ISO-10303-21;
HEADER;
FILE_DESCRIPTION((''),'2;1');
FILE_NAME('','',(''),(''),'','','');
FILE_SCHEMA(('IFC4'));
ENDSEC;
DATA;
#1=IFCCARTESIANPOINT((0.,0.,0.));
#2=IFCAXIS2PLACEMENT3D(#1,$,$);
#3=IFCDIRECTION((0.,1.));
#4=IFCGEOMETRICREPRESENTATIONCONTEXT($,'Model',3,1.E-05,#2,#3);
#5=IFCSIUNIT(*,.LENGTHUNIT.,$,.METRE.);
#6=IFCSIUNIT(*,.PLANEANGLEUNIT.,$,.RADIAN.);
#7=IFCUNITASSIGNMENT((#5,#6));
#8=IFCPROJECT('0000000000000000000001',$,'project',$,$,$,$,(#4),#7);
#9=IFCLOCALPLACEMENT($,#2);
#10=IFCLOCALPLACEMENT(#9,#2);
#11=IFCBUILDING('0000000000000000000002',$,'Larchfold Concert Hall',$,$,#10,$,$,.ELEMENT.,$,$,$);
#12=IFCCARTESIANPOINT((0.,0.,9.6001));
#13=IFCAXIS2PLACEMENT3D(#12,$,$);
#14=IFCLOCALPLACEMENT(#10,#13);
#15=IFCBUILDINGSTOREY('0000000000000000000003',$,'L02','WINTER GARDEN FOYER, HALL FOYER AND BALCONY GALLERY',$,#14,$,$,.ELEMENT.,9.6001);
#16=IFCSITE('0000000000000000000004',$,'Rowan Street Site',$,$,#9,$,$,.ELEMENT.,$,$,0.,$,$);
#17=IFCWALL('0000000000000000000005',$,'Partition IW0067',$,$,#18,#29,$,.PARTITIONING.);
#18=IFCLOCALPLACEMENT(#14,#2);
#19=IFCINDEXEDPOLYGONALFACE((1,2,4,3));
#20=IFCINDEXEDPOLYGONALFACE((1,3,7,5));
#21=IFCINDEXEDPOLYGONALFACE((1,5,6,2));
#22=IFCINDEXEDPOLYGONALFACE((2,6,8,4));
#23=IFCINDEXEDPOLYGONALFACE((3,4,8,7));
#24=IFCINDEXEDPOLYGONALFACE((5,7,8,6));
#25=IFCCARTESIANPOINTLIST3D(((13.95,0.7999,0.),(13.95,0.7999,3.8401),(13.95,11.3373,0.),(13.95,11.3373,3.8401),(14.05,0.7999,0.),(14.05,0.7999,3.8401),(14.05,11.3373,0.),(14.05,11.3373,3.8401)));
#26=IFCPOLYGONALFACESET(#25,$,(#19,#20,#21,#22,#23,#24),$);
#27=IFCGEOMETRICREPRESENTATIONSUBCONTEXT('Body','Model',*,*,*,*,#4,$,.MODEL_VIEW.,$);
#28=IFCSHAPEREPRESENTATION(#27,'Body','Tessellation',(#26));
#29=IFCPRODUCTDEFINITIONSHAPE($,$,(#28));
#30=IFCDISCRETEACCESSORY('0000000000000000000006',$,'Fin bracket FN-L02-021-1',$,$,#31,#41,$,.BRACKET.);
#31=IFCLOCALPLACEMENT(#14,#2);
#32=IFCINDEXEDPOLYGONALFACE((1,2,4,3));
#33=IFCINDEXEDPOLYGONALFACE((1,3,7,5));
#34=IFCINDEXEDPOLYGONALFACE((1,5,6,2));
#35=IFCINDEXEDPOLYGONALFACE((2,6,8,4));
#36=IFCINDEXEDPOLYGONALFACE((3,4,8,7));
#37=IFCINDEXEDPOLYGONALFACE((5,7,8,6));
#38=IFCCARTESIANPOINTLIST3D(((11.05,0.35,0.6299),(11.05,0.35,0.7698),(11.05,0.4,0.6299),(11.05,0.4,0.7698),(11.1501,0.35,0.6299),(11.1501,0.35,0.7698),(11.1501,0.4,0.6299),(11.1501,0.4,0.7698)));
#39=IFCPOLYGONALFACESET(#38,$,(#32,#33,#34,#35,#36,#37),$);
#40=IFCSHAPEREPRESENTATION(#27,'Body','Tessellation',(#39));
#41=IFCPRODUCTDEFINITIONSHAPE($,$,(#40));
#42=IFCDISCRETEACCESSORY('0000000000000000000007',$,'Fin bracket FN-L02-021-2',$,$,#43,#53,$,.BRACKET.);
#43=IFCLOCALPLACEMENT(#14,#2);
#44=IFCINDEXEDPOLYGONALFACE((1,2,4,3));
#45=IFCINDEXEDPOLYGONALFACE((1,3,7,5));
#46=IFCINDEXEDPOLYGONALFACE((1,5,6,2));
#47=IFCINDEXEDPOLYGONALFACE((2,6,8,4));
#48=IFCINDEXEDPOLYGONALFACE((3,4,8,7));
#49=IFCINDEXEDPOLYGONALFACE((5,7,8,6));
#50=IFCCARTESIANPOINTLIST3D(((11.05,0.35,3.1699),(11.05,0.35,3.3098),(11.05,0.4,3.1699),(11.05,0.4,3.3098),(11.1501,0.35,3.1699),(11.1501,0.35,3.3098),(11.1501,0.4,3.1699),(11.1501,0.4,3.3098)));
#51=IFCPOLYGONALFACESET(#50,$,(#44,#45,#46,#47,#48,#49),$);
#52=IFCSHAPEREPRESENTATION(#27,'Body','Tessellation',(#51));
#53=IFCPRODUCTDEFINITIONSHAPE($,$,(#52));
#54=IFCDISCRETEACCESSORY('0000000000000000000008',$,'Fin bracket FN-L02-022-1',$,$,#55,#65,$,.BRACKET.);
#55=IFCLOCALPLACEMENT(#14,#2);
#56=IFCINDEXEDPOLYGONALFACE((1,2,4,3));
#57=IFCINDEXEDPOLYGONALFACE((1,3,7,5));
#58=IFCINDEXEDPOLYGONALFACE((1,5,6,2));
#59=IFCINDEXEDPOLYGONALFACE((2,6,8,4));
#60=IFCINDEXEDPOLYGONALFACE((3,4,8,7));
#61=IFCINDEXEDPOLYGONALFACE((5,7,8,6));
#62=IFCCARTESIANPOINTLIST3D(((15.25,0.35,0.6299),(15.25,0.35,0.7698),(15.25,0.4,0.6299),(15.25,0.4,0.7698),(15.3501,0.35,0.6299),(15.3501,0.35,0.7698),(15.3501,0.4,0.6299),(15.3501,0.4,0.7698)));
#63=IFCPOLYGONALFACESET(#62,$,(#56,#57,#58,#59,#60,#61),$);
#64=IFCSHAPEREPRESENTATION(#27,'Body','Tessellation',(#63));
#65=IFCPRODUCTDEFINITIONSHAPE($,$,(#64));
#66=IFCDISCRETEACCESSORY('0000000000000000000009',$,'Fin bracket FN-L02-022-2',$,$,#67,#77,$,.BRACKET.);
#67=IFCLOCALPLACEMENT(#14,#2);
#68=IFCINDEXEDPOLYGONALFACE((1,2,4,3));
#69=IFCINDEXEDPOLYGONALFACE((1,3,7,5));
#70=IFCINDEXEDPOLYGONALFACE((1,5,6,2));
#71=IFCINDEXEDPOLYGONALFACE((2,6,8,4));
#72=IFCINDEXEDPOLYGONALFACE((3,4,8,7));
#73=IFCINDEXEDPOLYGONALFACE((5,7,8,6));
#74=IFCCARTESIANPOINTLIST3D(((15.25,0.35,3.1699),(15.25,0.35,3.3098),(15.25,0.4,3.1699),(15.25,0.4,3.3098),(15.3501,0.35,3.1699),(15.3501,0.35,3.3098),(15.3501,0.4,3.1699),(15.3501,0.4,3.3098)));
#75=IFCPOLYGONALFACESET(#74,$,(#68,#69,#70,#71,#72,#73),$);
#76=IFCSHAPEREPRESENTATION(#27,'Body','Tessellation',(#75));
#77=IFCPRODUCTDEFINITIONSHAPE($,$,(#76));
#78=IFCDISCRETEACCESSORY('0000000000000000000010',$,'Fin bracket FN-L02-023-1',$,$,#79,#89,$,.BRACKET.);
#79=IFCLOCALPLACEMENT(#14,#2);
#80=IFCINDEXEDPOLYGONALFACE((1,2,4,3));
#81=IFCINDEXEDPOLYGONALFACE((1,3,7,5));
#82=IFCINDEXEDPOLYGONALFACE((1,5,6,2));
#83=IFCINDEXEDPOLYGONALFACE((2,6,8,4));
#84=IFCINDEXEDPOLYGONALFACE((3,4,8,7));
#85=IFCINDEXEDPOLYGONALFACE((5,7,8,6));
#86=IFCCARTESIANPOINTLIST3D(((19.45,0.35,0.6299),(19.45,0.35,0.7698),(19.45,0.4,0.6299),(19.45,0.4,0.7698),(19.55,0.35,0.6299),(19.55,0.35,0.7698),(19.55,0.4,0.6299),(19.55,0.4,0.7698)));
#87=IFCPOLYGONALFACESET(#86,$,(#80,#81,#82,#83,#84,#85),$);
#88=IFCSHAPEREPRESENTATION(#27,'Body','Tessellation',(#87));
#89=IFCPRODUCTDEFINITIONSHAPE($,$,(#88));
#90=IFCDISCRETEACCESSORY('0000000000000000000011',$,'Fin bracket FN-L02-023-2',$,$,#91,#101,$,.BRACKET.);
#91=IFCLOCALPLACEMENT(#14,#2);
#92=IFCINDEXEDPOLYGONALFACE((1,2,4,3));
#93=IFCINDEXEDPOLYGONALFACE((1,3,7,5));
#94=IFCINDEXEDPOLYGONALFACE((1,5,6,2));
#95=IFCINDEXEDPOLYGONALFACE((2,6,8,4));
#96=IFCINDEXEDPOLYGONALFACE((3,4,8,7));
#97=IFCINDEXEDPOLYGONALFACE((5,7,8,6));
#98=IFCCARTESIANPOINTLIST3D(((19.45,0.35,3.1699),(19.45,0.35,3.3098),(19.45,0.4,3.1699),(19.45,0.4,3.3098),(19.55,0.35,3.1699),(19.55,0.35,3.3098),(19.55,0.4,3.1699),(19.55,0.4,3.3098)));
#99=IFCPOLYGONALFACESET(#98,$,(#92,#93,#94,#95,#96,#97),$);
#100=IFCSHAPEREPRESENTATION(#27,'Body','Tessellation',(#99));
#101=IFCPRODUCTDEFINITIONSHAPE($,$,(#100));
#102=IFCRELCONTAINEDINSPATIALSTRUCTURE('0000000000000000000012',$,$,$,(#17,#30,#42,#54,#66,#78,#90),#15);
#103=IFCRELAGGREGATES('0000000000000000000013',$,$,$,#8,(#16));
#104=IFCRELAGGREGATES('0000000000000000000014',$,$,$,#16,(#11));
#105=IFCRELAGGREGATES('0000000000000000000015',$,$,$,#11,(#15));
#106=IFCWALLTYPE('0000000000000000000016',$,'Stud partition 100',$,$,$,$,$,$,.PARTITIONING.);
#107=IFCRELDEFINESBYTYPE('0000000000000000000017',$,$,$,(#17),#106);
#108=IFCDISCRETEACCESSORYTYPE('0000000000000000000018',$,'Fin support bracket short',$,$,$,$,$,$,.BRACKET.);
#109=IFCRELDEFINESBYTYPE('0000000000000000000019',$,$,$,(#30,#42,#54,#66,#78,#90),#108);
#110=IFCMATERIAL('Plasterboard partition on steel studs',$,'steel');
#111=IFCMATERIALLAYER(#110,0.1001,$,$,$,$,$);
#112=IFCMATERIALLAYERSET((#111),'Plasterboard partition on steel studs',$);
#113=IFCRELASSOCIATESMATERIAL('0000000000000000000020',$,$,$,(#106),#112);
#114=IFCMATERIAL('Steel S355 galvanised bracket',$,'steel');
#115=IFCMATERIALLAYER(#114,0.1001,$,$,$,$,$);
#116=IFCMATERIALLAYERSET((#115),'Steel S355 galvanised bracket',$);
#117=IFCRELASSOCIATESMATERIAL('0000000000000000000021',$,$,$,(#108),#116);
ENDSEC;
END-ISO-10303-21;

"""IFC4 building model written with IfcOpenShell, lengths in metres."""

from ifc_helpers import new_model, si_unit, direction, frame, frame_2d, origin, origin_2d, place, context, subcontext, project, spatial, rectangle, extrude, material, layer, layer_set, type_object, element, save


model = new_model("IFC4")

# Units and contexts
model_context = context("Model", 3, precision=1e-05, world=origin(), true_north=direction((0.0, 1.0)))
body_context = subcontext(model_context, "Body", "Model", "MODEL_VIEW")
ifc_project = project(units=[si_unit("LENGTHUNIT", "METRE"), si_unit("PLANEANGLEUNIT", "RADIAN")], contexts=[model_context])

# Site, building, storey
site_placement = place(None, origin())
site = spatial("IfcSite", under=ifc_project, at=site_placement, Name="Rowan Street Site", CompositionType="ELEMENT", RefElevation=0.0)
building_placement = place(site_placement, origin())
building = spatial("IfcBuilding", under=site, at=building_placement, Name="Larchfold Concert Hall", CompositionType="ELEMENT")
storey_placement = place(building_placement, frame((0.0, 0.0, 9.6001)))
storey = spatial("IfcBuildingStorey", under=building, at=storey_placement, Name="L02", Description="WINTER GARDEN FOYER, HALL FOYER AND BALCONY GALLERY", CompositionType="ELEMENT", Elevation=9.6001)

# Wall
ifc_material_1 = material(Name="Plasterboard partition on steel studs", Category="steel")
ifc_layer_1 = layer(ifc_material_1, 0.1001)
ifc_layer_set_1 = layer_set([ifc_layer_1], Name="Plasterboard partition on steel studs")
wall_type_1 = type_object("IfcWallType", Name="Stud partition 100", PredefinedType="PARTITIONING", material=ifc_layer_set_1)
wall_1_placement = place(storey_placement, frame((14.0, 0.8, 0.0), z_axis=(0.0, 0.0, 1.0), x_axis=(0.0, 1.0, 0.0)))
element("IfcWall", 1, at=wall_1_placement, inside=storey, type_object=wall_type_1, Name="Partition IW0067", PredefinedType="PARTITIONING", context=body_context, shape_type="SweptSolid", body=[
    extrude(rectangle(XDim=10.5374, YDim=0.1001, at=frame_2d((5.2686, 0.0))), origin(), (0.0, 0.0, 1.0), 3.8401),
])

# Discrete accessories
ifc_material_2 = material(Name="Steel S355 galvanised bracket", Category="steel")
ifc_layer_2 = layer(ifc_material_2, 0.1001)
ifc_layer_set_2 = layer_set([ifc_layer_2], Name="Steel S355 galvanised bracket")
discrete_accessory_type = type_object("IfcDiscreteAccessoryType", Name="Fin support bracket short", PredefinedType="BRACKET", material=ifc_layer_set_2)
for number, where, z_axis, x_axis, name in (
    (2, (11.1001, 0.375, 0.6299), (0.0, 0.0, 1.0), (0.0, -1.0, 0.0), "Fin bracket FN-L02-021-1"),
    (3, (11.1001, 0.375, 3.1699), (0.0, 0.0, 1.0), (0.0, -1.0, 0.0), "Fin bracket FN-L02-021-2"),
    (4, (15.3, 0.375, 0.6299), (0.0, 0.0, 1.0), (0.0, -1.0, 0.0), "Fin bracket FN-L02-022-1"),
    (5, (15.3, 0.375, 3.1699), (0.0, 0.0, 1.0), (0.0, -1.0, 0.0), "Fin bracket FN-L02-022-2"),
    (6, (19.5, 0.375, 0.6299), (0.0, 0.0, 1.0), (0.0, -1.0, 0.0), "Fin bracket FN-L02-023-1"),
    (7, (19.5, 0.375, 3.1699), (0.0, 0.0, 1.0), (0.0, -1.0, 0.0), "Fin bracket FN-L02-023-2"),
):
    element("IfcDiscreteAccessory", number, at=place(storey_placement, frame(where, z_axis=z_axis, x_axis=x_axis)), inside=storey, type_object=discrete_accessory_type, Name=name, PredefinedType="BRACKET", context=body_context, shape_type="SweptSolid", body=[
        extrude(rectangle(XDim=0.05, YDim=0.1001, at=origin_2d()), origin(), (0.0, 0.0, 1.0), 0.1399),
    ])

save(model, "model.ifc")
